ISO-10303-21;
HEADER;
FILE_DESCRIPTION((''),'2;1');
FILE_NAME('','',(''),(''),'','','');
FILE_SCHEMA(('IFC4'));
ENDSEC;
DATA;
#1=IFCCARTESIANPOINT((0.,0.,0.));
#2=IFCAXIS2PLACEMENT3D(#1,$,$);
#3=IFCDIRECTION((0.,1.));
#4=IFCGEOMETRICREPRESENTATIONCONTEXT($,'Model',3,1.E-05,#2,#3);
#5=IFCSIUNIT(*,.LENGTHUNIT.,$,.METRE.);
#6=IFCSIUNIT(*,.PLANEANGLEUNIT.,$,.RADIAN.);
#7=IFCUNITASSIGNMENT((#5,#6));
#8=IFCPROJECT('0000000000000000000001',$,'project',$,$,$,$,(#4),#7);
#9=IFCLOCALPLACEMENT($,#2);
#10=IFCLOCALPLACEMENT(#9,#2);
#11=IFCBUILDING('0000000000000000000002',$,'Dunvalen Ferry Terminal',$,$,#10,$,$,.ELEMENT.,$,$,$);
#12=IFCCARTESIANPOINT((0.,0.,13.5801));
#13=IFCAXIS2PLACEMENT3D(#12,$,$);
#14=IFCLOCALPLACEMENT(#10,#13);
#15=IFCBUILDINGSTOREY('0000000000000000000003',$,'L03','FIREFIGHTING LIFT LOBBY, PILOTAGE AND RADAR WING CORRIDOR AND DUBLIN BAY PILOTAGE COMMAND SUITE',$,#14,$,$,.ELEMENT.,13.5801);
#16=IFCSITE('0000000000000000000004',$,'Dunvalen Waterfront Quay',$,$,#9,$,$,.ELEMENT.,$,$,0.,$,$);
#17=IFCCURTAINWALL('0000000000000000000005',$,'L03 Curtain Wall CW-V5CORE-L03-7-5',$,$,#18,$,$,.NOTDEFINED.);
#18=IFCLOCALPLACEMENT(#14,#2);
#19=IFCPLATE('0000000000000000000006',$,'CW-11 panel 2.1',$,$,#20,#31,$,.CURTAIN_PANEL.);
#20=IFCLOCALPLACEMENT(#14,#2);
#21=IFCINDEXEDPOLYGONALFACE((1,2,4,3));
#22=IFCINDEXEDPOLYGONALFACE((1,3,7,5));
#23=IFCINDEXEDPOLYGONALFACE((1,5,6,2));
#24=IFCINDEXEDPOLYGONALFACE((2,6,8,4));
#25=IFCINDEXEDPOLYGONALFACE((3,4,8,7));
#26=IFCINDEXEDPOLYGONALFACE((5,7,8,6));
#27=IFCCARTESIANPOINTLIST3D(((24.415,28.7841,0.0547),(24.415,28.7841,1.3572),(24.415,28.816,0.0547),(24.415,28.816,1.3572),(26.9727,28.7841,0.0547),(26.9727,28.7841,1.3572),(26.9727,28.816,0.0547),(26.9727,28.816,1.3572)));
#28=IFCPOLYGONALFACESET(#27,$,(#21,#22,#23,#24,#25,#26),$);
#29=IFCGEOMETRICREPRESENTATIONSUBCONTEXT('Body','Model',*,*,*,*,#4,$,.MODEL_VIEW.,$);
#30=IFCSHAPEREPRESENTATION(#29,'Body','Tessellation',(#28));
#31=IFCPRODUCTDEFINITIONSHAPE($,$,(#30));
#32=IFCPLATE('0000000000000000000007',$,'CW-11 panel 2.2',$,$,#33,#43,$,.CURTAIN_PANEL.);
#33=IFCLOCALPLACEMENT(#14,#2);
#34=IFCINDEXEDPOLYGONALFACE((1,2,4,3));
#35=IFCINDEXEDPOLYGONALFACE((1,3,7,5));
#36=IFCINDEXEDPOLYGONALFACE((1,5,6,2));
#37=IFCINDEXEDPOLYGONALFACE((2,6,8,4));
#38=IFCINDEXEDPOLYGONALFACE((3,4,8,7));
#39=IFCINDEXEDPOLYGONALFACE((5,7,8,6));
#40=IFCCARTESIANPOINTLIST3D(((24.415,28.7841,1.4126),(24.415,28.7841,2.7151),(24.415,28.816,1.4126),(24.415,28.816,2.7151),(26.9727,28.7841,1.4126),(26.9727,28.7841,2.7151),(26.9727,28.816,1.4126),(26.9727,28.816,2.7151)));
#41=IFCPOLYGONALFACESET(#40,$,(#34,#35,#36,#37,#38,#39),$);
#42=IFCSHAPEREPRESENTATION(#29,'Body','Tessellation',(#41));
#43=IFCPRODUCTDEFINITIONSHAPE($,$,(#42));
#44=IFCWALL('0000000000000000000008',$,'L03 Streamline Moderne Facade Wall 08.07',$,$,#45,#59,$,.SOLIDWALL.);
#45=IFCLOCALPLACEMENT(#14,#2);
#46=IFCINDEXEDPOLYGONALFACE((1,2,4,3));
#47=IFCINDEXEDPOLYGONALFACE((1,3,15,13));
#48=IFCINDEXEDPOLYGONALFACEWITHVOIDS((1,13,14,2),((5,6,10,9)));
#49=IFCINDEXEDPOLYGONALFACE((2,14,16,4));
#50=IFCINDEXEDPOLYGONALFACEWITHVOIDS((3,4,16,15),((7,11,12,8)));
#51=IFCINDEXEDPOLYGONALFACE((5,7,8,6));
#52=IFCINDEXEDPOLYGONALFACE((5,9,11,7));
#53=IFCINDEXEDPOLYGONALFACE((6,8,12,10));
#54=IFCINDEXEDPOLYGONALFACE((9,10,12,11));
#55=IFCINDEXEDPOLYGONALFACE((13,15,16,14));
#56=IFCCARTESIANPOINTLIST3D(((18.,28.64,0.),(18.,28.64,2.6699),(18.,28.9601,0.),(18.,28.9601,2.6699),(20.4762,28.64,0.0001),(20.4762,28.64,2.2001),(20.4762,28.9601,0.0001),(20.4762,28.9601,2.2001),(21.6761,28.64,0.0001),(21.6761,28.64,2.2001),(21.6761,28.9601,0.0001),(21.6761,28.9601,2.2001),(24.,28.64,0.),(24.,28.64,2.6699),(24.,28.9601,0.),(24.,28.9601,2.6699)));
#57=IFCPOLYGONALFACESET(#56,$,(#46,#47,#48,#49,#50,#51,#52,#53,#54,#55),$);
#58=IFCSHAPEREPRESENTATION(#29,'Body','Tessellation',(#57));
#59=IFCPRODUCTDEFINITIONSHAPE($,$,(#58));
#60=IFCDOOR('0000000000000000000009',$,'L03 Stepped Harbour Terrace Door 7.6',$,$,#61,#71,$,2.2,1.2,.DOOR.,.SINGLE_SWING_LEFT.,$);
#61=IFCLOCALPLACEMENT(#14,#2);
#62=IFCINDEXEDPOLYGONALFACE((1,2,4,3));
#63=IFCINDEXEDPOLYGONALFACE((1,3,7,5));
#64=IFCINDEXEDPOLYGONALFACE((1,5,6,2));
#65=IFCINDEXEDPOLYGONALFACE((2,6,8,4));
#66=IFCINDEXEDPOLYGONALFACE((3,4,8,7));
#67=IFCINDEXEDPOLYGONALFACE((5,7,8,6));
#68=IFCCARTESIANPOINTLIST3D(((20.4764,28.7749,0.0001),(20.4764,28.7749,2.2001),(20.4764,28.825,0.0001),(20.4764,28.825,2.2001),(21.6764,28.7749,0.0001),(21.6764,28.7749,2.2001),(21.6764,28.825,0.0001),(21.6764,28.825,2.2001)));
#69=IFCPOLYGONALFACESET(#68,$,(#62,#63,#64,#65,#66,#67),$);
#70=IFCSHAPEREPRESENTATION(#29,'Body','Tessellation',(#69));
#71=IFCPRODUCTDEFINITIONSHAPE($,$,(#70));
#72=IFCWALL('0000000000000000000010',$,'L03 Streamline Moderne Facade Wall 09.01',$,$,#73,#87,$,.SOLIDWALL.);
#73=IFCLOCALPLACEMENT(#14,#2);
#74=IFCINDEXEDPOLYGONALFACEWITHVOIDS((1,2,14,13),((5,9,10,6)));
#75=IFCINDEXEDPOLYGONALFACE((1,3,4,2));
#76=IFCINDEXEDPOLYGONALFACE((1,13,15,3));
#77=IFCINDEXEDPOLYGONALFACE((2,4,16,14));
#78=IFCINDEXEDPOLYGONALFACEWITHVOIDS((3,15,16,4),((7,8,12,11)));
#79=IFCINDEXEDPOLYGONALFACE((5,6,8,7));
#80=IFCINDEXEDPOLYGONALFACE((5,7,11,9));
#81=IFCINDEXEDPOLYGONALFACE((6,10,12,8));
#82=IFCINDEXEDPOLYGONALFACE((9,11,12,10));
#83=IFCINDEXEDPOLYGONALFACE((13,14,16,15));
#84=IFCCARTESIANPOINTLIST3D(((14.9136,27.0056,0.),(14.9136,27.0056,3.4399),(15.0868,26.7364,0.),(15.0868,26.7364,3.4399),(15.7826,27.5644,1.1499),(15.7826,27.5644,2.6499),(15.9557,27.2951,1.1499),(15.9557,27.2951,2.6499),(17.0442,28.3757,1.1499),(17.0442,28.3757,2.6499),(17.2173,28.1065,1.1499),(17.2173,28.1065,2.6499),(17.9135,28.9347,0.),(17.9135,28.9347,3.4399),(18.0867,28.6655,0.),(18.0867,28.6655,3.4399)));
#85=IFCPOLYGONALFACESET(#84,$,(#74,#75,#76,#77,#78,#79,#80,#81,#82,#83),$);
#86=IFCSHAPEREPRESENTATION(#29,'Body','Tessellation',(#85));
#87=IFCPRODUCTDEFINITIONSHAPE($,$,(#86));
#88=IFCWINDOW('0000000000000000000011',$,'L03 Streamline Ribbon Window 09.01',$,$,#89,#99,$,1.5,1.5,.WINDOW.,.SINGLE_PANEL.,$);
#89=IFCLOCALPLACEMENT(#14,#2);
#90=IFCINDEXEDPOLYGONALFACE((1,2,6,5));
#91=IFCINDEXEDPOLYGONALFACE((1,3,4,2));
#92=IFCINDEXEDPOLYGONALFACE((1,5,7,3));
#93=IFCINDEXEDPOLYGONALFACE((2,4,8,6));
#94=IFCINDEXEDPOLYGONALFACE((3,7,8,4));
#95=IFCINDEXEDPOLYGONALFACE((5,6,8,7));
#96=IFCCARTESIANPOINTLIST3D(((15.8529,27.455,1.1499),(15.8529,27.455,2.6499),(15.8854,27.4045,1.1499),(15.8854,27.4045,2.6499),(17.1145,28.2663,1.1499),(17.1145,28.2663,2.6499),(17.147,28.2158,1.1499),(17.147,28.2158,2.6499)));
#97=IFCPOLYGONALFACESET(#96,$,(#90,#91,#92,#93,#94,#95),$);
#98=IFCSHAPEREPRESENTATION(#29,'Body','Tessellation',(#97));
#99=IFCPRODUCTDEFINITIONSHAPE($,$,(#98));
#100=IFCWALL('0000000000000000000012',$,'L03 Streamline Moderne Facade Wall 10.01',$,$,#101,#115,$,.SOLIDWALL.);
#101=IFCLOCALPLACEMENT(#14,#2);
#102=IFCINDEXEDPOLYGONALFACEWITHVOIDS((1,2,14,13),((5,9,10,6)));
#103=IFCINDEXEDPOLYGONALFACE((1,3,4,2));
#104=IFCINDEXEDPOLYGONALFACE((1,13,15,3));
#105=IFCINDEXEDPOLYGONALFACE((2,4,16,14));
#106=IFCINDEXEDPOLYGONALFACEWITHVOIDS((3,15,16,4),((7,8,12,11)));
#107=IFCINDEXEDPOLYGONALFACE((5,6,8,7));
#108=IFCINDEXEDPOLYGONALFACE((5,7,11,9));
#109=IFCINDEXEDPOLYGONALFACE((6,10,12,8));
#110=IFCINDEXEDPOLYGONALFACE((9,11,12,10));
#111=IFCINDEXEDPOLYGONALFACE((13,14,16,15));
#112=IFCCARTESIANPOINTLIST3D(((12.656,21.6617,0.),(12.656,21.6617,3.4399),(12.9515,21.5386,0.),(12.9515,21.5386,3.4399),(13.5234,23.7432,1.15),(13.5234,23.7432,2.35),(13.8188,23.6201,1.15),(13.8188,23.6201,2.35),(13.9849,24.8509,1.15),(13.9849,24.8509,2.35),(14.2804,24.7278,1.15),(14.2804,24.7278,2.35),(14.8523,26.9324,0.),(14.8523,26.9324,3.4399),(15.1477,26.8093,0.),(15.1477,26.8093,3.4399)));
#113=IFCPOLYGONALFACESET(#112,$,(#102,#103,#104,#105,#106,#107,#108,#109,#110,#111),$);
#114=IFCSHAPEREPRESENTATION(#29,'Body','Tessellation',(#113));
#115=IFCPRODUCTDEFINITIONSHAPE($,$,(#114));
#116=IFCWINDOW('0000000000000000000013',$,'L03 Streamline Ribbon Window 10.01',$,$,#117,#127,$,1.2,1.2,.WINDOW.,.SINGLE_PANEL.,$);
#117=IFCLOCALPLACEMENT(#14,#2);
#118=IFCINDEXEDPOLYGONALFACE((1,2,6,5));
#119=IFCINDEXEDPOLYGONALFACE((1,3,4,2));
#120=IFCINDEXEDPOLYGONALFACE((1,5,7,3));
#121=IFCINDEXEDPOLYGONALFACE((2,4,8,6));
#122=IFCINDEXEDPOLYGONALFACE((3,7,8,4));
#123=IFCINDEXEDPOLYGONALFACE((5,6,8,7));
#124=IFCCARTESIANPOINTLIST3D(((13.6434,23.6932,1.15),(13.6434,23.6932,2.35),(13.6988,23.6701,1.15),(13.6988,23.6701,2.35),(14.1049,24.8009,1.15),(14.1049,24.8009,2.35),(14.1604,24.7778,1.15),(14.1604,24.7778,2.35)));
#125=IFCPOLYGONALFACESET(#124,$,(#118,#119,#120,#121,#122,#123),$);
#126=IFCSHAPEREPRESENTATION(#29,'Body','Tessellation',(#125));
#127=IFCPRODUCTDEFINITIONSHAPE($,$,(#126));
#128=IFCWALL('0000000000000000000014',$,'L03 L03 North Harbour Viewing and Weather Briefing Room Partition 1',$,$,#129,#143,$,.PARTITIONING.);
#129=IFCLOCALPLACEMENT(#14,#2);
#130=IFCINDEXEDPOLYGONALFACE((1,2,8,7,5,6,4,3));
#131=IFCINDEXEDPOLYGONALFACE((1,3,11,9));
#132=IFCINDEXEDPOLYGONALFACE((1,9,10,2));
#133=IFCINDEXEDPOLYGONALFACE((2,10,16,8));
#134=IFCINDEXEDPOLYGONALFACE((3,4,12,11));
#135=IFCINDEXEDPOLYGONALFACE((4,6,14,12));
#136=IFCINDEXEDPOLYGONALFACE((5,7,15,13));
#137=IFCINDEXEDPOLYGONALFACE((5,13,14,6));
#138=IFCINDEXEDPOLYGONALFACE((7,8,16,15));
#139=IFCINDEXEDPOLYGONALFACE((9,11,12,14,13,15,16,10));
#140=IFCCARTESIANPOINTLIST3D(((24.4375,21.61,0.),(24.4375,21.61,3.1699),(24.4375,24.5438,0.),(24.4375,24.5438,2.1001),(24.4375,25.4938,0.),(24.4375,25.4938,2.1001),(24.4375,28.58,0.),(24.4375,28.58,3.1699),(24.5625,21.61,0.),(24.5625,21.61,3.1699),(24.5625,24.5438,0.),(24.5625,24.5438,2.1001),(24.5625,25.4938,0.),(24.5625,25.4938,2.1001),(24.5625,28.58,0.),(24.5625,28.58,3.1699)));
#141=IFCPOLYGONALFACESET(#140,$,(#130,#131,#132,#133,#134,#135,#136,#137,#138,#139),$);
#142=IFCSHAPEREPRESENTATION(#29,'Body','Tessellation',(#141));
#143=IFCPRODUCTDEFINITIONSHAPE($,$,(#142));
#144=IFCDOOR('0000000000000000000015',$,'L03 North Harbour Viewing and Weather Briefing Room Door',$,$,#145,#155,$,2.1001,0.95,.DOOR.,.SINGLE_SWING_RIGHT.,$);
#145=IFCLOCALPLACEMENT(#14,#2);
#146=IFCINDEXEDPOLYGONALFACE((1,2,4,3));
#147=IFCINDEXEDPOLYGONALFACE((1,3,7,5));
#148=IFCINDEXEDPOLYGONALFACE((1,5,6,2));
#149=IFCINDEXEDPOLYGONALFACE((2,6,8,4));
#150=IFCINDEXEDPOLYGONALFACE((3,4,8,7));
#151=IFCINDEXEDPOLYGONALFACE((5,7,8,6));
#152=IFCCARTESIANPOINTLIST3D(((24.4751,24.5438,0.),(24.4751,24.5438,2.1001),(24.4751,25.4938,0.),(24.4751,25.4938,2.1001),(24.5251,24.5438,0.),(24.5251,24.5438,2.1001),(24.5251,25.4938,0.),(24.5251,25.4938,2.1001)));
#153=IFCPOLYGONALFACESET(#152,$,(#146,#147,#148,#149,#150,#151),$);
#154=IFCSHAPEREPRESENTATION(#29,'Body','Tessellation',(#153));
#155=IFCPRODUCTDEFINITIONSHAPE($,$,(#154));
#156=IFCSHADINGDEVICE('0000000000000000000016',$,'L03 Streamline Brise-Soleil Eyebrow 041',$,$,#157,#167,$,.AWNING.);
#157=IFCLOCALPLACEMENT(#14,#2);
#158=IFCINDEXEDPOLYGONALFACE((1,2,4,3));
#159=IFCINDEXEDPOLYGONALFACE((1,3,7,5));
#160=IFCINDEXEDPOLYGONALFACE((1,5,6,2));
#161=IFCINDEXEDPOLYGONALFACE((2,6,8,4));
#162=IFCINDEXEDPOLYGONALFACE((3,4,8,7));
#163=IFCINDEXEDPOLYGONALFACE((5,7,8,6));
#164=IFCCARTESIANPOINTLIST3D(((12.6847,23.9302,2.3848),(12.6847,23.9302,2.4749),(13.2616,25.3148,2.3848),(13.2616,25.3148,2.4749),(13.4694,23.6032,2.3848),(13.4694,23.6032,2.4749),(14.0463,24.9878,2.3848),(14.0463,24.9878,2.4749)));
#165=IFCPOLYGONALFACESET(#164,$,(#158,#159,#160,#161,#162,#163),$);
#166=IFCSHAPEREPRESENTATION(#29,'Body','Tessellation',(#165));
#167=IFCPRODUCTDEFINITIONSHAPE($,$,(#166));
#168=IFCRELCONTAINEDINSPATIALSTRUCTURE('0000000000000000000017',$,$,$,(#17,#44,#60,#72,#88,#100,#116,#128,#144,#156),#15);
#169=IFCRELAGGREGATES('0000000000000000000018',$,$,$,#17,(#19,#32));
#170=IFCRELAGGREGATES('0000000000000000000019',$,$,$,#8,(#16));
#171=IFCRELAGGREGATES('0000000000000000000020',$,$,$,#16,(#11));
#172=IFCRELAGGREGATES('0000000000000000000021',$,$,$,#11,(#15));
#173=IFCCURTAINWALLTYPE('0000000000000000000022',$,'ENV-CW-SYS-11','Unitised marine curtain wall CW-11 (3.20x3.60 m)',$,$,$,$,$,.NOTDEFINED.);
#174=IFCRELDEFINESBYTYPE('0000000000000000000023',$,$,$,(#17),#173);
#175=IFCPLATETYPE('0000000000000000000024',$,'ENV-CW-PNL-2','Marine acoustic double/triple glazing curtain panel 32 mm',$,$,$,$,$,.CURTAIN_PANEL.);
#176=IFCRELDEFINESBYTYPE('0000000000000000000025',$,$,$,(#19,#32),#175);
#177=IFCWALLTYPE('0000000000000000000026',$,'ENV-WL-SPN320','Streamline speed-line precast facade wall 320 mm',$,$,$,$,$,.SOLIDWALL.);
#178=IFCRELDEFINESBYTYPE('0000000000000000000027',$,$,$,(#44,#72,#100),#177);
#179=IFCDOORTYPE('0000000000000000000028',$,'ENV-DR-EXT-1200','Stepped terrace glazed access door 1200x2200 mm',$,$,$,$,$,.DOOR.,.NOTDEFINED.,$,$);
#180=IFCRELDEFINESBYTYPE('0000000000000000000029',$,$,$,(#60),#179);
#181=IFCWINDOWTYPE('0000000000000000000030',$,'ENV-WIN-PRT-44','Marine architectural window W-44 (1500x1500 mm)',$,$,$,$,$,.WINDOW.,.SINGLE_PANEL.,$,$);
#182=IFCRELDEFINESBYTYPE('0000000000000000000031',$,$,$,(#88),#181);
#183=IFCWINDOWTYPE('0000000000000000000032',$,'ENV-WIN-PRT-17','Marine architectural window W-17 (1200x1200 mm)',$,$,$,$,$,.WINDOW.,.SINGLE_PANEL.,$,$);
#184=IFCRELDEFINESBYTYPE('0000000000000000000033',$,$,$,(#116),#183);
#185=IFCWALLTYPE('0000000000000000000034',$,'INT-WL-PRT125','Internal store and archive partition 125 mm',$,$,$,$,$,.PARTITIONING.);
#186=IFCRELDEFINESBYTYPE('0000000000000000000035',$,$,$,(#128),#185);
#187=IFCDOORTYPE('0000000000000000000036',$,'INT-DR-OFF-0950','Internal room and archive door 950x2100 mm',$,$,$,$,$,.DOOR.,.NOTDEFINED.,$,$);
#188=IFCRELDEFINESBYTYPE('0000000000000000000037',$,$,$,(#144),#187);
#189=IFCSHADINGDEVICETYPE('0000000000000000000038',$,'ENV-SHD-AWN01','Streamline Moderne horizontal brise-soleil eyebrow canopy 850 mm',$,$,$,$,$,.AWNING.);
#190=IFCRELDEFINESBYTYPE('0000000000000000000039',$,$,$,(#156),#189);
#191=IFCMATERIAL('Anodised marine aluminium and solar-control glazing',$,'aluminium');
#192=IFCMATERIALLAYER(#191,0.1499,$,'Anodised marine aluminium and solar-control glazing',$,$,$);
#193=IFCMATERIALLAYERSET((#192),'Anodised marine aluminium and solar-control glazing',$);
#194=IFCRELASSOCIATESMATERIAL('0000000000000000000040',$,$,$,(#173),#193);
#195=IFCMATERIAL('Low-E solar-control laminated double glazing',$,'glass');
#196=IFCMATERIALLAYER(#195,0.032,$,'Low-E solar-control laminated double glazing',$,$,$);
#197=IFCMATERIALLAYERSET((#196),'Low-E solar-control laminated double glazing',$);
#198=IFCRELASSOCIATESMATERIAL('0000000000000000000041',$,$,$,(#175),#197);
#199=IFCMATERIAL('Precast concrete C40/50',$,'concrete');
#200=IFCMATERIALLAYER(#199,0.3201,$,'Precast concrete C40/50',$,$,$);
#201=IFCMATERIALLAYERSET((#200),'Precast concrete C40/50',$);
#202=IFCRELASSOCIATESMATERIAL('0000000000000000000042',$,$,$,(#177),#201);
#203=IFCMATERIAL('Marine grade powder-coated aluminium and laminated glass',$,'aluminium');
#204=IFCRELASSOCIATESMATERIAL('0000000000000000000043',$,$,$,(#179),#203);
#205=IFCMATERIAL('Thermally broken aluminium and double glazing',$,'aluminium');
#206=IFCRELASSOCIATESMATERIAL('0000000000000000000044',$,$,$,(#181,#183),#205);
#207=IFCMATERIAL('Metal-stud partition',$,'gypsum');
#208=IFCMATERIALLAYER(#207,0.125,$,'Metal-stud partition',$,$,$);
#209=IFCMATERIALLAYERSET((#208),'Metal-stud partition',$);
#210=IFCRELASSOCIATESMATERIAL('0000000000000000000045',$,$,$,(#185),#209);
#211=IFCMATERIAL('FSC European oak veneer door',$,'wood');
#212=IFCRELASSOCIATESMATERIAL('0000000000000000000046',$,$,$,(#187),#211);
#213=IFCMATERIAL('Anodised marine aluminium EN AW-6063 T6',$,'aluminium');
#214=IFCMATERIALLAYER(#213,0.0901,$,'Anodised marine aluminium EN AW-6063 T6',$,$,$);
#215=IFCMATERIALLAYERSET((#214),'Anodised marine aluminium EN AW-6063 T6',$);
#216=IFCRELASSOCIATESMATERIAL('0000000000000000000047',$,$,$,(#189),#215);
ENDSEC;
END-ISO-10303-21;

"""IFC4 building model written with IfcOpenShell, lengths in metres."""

from ifc_helpers import new_model, si_unit, direction, frame, frame_2d, origin, origin_2d, place, context, subcontext, project, spatial, rectangle, extrude, material, layer, layer_set, type_object, element, fill, aggregate, save


model = new_model("IFC4")

# Units and contexts
model_context = context("Model", 3, precision=1e-05, world=origin(), true_north=direction((0.0, 1.0)))
body_context = subcontext(model_context, "Body", "Model", "MODEL_VIEW")
ifc_project = project(units=[si_unit("LENGTHUNIT", "METRE"), si_unit("PLANEANGLEUNIT", "RADIAN")], contexts=[model_context])

# Site, building, storey
site_placement = place(None, origin())
site = spatial("IfcSite", under=ifc_project, at=site_placement, Name="Dunvalen Waterfront Quay", CompositionType="ELEMENT", RefElevation=0.0)
building_placement = place(site_placement, origin())
building = spatial("IfcBuilding", under=site, at=building_placement, Name="Dunvalen Ferry Terminal", CompositionType="ELEMENT")
storey_placement = place(building_placement, frame((0.0, 0.0, 13.5801)))
storey = spatial("IfcBuildingStorey", under=building, at=storey_placement, Name="L03", Description="FIREFIGHTING LIFT LOBBY, PILOTAGE AND RADAR WING CORRIDOR AND DUBLIN BAY PILOTAGE COMMAND SUITE", CompositionType="ELEMENT", Elevation=13.5801)

# Curtain wall
ifc_material_1 = material(Name="Anodised marine aluminium and solar-control glazing", Category="aluminium")
ifc_layer_1 = layer(ifc_material_1, 0.1499, Name="Anodised marine aluminium and solar-control glazing")
ifc_layer_set_1 = layer_set([ifc_layer_1], Name="Anodised marine aluminium and solar-control glazing")
curtain_wall_type = type_object("IfcCurtainWallType", Name="ENV-CW-SYS-11", Description="Unitised marine curtain wall CW-11 (3.20x3.60 m)", PredefinedType="NOTDEFINED", material=ifc_layer_set_1)
curtain_wall_placement = place(storey_placement, origin())
curtain_wall = element("IfcCurtainWall", 1, at=curtain_wall_placement, inside=storey, type_object=curtain_wall_type, Name="L03 Curtain Wall CW-V5CORE-L03-7-5", PredefinedType="NOTDEFINED")
ifc_material_2 = material(Name="Anodised marine aluminium EN AW-6063 T6", Category="aluminium")

# Plates
ifc_material_3 = material(Name="Low-E solar-control laminated double glazing", Category="glass")
ifc_layer_2 = layer(ifc_material_3, 0.032, Name="Low-E solar-control laminated double glazing")
ifc_layer_set_2 = layer_set([ifc_layer_2], Name="Low-E solar-control laminated double glazing")
plate_type = type_object("IfcPlateType", Name="ENV-CW-PNL-2", Description="Marine acoustic double/triple glazing curtain panel 32 mm", PredefinedType="CURTAIN_PANEL", material=ifc_layer_set_2)
plate_1_placement = place(storey_placement, frame((25.6938, 28.8, 0.0547), z_axis=(0.0, 0.0, 1.0), x_axis=(-1.0, 0.0, 0.0)))
plate_1 = element("IfcPlate", 2, at=plate_1_placement, type_object=plate_type, Name="CW-11 panel 2.1", PredefinedType="CURTAIN_PANEL", context=body_context, shape_type="SweptSolid", body=[
    extrude(rectangle(XDim=2.5576, YDim=0.032, at=origin_2d()), origin(), (0.0, 0.0, 1.0), 1.3025),
])
plate_2_placement = place(storey_placement, frame((25.6938, 28.8, 1.4126), z_axis=(0.0, 0.0, 1.0), x_axis=(-1.0, 0.0, 0.0)))
plate_2 = element("IfcPlate", 3, at=plate_2_placement, type_object=plate_type, Name="CW-11 panel 2.2", PredefinedType="CURTAIN_PANEL", context=body_context, shape_type="SweptSolid", body=[
    extrude(rectangle(XDim=2.5576, YDim=0.032, at=origin_2d()), origin(), (0.0, 0.0, 1.0), 1.3025),
])
aggregate(curtain_wall, [plate_1, plate_2])

# Wall, opening, door
ifc_material_4 = material(Name="Marine grade powder-coated aluminium and laminated glass", Category="aluminium")
ifc_material_5 = material(Name="Precast concrete C40/50", Category="concrete")
ifc_layer_3 = layer(ifc_material_5, 0.3201, Name="Precast concrete C40/50")
ifc_layer_set_3 = layer_set([ifc_layer_3], Name="Precast concrete C40/50")
wall_type_1 = type_object("IfcWallType", Name="ENV-WL-SPN320", Description="Streamline speed-line precast facade wall 320 mm", PredefinedType="SOLIDWALL", material=ifc_layer_set_3)
wall_1_placement = place(storey_placement, frame((24.0, 28.8, 0.0), z_axis=(0.0, 0.0, 1.0), x_axis=(-1.0, 0.0, 0.0)))
wall_1 = element("IfcWall", 4, at=wall_1_placement, inside=storey, type_object=wall_type_1, Name="L03 Streamline Moderne Facade Wall 08.07", PredefinedType="SOLIDWALL", context=body_context, shape_type="SweptSolid", body=[
    extrude(rectangle(XDim=6.0, YDim=0.3201, at=frame_2d((3.0, 0.0))), origin(), (0.0, 0.0, 1.0), 2.6699),
])
opening_1_placement = place(wall_1_placement, frame((2.3237, 0.0, 0.0)))
opening_1 = element("IfcOpeningElement", 5, at=opening_1_placement, cuts=wall_1, PredefinedType="OPENING", context=body_context, shape_type="SweptSolid", body=[
    extrude(rectangle(XDim=1.2, YDim=2.2, at=frame_2d((0.6001, 1.1001))), frame((0.0, 0.1699, 0.0), z_axis=(0.0, -1.0, 0.0), x_axis=(1.0, 0.0, 0.0)), (0.0, 0.0, 1.0), 0.3401),
])
door_type_1 = type_object("IfcDoorType", Name="ENV-DR-EXT-1200", Description="Stepped terrace glazed access door 1200x2200 mm", OperationType="NOTDEFINED", PredefinedType="DOOR", material=ifc_material_4)
door_1_placement = place(opening_1_placement, frame((1.2, 0.0, 0.0), z_axis=(0.0, 0.0, 1.0), x_axis=(-1.0, 0.0, 0.0)))
door_1 = element("IfcDoor", 6, at=door_1_placement, inside=storey, type_object=door_type_1, Name="L03 Stepped Harbour Terrace Door 7.6", OperationType="SINGLE_SWING_LEFT", OverallHeight=2.2, OverallWidth=1.2, PredefinedType="DOOR", context=body_context, shape_type="SweptSolid", body=[
    extrude(rectangle(XDim=1.2, YDim=2.2, at=frame_2d((0.6001, 1.1001))), frame((0.0, 0.0249, 0.0), z_axis=(0.0, -1.0, 0.0), x_axis=(1.0, 0.0, 0.0)), (0.0, 0.0, 1.0), 0.05),
])
fill(opening_1, door_1)

# Walls, openings, windows
wall_2_placement = place(storey_placement, frame((18.0, 28.8, 0.0), z_axis=(0.0, 0.0, 1.0), x_axis=(-0.841098, -0.540882, 0.0)))
wall_2 = element("IfcWall", 7, at=wall_2_placement, inside=storey, type_object=wall_type_1, Name="L03 Streamline Moderne Facade Wall 09.01", PredefinedType="SOLIDWALL", context=body_context, shape_type="SweptSolid", body=[
    extrude(rectangle(XDim=3.5667, YDim=0.3201, at=frame_2d((1.7832, 0.0))), origin(), (0.0, 0.0, 1.0), 3.4399),
])
opening_2_placement = place(wall_2_placement, frame((1.0334, 0.0, 1.1499)))
opening_2 = element("IfcOpeningElement", 8, at=opening_2_placement, cuts=wall_2, PredefinedType="OPENING", context=body_context, shape_type="SweptSolid", body=[
    extrude(rectangle(XDim=1.5, YDim=1.5, at=frame_2d((0.75, 0.75))), frame((0.0, 0.1699, 0.0), z_axis=(0.0, -1.0, 0.0), x_axis=(1.0, 0.0, 0.0)), (0.0, 0.0, 1.0), 0.3401),
])
ifc_material_6 = material(Name="Thermally broken aluminium and double glazing", Category="aluminium")
window_type_1 = type_object("IfcWindowType", Name="ENV-WIN-PRT-44", Description="Marine architectural window W-44 (1500x1500 mm)", PartitioningType="SINGLE_PANEL", PredefinedType="WINDOW", material=ifc_material_6)
window_1_placement = place(opening_2_placement, origin())
window_1 = element("IfcWindow", 9, at=window_1_placement, inside=storey, type_object=window_type_1, Name="L03 Streamline Ribbon Window 09.01", OverallHeight=1.5, OverallWidth=1.5, PartitioningType="SINGLE_PANEL", PredefinedType="WINDOW", context=body_context, shape_type="SweptSolid", body=[
    extrude(rectangle(XDim=1.5, YDim=1.5, at=frame_2d((0.75, 0.75))), frame((0.0, 0.03, 0.0), z_axis=(0.0, -1.0, 0.0), x_axis=(1.0, 0.0, 0.0)), (0.0, 0.0, 1.0), 0.0601),
])
fill(opening_2, window_1)
wall_3_placement = place(storey_placement, frame((15.0, 26.8708, 0.0), z_axis=(0.0, 0.0, 1.0), x_axis=(-0.384637, -0.923068, 0.0)))
wall_3 = element("IfcWall", 10, at=wall_3_placement, inside=storey, type_object=wall_type_1, Name="L03 Streamline Moderne Facade Wall 10.01", PredefinedType="SOLIDWALL", context=body_context, shape_type="SweptSolid", body=[
    extrude(rectangle(XDim=5.71, YDim=0.3201, at=frame_2d((2.855, 0.0))), origin(), (0.0, 0.0, 1.0), 3.4399),
])
opening_3_placement = place(wall_3_placement, frame((2.2549, 0.0, 1.1499)))
opening_3 = element("IfcOpeningElement", 11, at=opening_3_placement, cuts=wall_3, PredefinedType="OPENING", context=body_context, shape_type="SweptSolid", body=[
    extrude(rectangle(XDim=1.2, YDim=1.2, at=frame_2d((0.6001, 0.6001))), frame((0.0, 0.1699, 0.0), z_axis=(0.0, -1.0, 0.0), x_axis=(1.0, 0.0, 0.0)), (0.0, 0.0, 1.0), 0.3401),
])
window_type_2 = type_object("IfcWindowType", Name="ENV-WIN-PRT-17", Description="Marine architectural window W-17 (1200x1200 mm)", PartitioningType="SINGLE_PANEL", PredefinedType="WINDOW", material=ifc_material_6)
window_2_placement = place(opening_3_placement, origin())
window_2 = element("IfcWindow", 12, at=window_2_placement, inside=storey, type_object=window_type_2, Name="L03 Streamline Ribbon Window 10.01", OverallHeight=1.2, OverallWidth=1.2, PartitioningType="SINGLE_PANEL", PredefinedType="WINDOW", context=body_context, shape_type="SweptSolid", body=[
    extrude(rectangle(XDim=1.2, YDim=1.2, at=frame_2d((0.6001, 0.6001))), frame((0.0, 0.03, 0.0), z_axis=(0.0, -1.0, 0.0), x_axis=(1.0, 0.0, 0.0)), (0.0, 0.0, 1.0), 0.0601),
])
fill(opening_3, window_2)

# Wall, opening, door
ifc_material_7 = material(Name="Metal-stud partition", Category="gypsum")
ifc_layer_4 = layer(ifc_material_7, 0.125, Name="Metal-stud partition")
ifc_layer_set_4 = layer_set([ifc_layer_4], Name="Metal-stud partition")
wall_type_2 = type_object("IfcWallType", Name="INT-WL-PRT125", Description="Internal store and archive partition 125 mm", PredefinedType="PARTITIONING", material=ifc_layer_set_4)
wall_4_placement = place(storey_placement, frame((24.5, 21.6101, 0.0), z_axis=(0.0, 0.0, 1.0), x_axis=(0.0, 1.0, 0.0)))
wall_4 = element("IfcWall", 13, at=wall_4_placement, inside=storey, type_object=wall_type_2, Name="L03 L03 North Harbour Viewing and Weather Briefing Room Partition 1", PredefinedType="PARTITIONING", context=body_context, shape_type="SweptSolid", body=[
    extrude(rectangle(XDim=6.97, YDim=0.125, at=frame_2d((3.4849, 0.0))), origin(), (0.0, 0.0, 1.0), 3.1699),
])
opening_4_placement = place(wall_4_placement, frame((2.9336, 0.0, 0.0)))
opening_4 = element("IfcOpeningElement", 14, at=opening_4_placement, cuts=wall_4, PredefinedType="OPENING", context=body_context, shape_type="SweptSolid", body=[
    extrude(rectangle(XDim=0.95, YDim=2.1001, at=frame_2d((0.4751, 1.05))), frame((0.0, 0.0725, 0.0), z_axis=(0.0, -1.0, 0.0), x_axis=(1.0, 0.0, 0.0)), (0.0, 0.0, 1.0), 0.145),
])
ifc_material_8 = material(Name="FSC European oak veneer door", Category="wood")
door_type_2 = type_object("IfcDoorType", Name="INT-DR-OFF-0950", Description="Internal room and archive door 950x2100 mm", OperationType="NOTDEFINED", PredefinedType="DOOR", material=ifc_material_8)
door_2_placement = place(opening_4_placement, origin())
door_2 = element("IfcDoor", 15, at=door_2_placement, inside=storey, type_object=door_type_2, Name="L03 North Harbour Viewing and Weather Briefing Room Door", OperationType="SINGLE_SWING_RIGHT", OverallHeight=2.1001, OverallWidth=0.95, PredefinedType="DOOR", context=body_context, shape_type="SweptSolid", body=[
    extrude(rectangle(XDim=0.95, YDim=2.1001, at=frame_2d((0.4751, 1.05))), frame((0.0, 0.0249, 0.0), z_axis=(0.0, -1.0, 0.0), x_axis=(1.0, 0.0, 0.0)), (0.0, 0.0, 1.0), 0.05),
])
fill(opening_4, door_2)

# Shading device
ifc_layer_5 = layer(ifc_material_2, 0.0901, Name="Anodised marine aluminium EN AW-6063 T6")
ifc_layer_set_5 = layer_set([ifc_layer_5], Name="Anodised marine aluminium EN AW-6063 T6")
shading_device_type = type_object("IfcShadingDeviceType", Name="ENV-SHD-AWN01", Description="Streamline Moderne horizontal brise-soleil eyebrow canopy 850 mm", PredefinedType="AWNING", material=ifc_layer_set_5)
shading_device_placement = place(storey_placement, frame((13.3655, 24.459, 2.3848), z_axis=(0.0, 0.0, 1.0), x_axis=(-0.38462, -0.923075, 0.0)))
element("IfcShadingDevice", 16, at=shading_device_placement, inside=storey, type_object=shading_device_type, Name="L03 Streamline Brise-Soleil Eyebrow 041", PredefinedType="AWNING", context=body_context, shape_type="SweptSolid", body=[
    extrude(rectangle(XDim=1.5, YDim=0.8501, at=origin_2d()), origin(), (0.0, 0.0, 1.0), 0.0901),
])

save(model, "model.ifc")
